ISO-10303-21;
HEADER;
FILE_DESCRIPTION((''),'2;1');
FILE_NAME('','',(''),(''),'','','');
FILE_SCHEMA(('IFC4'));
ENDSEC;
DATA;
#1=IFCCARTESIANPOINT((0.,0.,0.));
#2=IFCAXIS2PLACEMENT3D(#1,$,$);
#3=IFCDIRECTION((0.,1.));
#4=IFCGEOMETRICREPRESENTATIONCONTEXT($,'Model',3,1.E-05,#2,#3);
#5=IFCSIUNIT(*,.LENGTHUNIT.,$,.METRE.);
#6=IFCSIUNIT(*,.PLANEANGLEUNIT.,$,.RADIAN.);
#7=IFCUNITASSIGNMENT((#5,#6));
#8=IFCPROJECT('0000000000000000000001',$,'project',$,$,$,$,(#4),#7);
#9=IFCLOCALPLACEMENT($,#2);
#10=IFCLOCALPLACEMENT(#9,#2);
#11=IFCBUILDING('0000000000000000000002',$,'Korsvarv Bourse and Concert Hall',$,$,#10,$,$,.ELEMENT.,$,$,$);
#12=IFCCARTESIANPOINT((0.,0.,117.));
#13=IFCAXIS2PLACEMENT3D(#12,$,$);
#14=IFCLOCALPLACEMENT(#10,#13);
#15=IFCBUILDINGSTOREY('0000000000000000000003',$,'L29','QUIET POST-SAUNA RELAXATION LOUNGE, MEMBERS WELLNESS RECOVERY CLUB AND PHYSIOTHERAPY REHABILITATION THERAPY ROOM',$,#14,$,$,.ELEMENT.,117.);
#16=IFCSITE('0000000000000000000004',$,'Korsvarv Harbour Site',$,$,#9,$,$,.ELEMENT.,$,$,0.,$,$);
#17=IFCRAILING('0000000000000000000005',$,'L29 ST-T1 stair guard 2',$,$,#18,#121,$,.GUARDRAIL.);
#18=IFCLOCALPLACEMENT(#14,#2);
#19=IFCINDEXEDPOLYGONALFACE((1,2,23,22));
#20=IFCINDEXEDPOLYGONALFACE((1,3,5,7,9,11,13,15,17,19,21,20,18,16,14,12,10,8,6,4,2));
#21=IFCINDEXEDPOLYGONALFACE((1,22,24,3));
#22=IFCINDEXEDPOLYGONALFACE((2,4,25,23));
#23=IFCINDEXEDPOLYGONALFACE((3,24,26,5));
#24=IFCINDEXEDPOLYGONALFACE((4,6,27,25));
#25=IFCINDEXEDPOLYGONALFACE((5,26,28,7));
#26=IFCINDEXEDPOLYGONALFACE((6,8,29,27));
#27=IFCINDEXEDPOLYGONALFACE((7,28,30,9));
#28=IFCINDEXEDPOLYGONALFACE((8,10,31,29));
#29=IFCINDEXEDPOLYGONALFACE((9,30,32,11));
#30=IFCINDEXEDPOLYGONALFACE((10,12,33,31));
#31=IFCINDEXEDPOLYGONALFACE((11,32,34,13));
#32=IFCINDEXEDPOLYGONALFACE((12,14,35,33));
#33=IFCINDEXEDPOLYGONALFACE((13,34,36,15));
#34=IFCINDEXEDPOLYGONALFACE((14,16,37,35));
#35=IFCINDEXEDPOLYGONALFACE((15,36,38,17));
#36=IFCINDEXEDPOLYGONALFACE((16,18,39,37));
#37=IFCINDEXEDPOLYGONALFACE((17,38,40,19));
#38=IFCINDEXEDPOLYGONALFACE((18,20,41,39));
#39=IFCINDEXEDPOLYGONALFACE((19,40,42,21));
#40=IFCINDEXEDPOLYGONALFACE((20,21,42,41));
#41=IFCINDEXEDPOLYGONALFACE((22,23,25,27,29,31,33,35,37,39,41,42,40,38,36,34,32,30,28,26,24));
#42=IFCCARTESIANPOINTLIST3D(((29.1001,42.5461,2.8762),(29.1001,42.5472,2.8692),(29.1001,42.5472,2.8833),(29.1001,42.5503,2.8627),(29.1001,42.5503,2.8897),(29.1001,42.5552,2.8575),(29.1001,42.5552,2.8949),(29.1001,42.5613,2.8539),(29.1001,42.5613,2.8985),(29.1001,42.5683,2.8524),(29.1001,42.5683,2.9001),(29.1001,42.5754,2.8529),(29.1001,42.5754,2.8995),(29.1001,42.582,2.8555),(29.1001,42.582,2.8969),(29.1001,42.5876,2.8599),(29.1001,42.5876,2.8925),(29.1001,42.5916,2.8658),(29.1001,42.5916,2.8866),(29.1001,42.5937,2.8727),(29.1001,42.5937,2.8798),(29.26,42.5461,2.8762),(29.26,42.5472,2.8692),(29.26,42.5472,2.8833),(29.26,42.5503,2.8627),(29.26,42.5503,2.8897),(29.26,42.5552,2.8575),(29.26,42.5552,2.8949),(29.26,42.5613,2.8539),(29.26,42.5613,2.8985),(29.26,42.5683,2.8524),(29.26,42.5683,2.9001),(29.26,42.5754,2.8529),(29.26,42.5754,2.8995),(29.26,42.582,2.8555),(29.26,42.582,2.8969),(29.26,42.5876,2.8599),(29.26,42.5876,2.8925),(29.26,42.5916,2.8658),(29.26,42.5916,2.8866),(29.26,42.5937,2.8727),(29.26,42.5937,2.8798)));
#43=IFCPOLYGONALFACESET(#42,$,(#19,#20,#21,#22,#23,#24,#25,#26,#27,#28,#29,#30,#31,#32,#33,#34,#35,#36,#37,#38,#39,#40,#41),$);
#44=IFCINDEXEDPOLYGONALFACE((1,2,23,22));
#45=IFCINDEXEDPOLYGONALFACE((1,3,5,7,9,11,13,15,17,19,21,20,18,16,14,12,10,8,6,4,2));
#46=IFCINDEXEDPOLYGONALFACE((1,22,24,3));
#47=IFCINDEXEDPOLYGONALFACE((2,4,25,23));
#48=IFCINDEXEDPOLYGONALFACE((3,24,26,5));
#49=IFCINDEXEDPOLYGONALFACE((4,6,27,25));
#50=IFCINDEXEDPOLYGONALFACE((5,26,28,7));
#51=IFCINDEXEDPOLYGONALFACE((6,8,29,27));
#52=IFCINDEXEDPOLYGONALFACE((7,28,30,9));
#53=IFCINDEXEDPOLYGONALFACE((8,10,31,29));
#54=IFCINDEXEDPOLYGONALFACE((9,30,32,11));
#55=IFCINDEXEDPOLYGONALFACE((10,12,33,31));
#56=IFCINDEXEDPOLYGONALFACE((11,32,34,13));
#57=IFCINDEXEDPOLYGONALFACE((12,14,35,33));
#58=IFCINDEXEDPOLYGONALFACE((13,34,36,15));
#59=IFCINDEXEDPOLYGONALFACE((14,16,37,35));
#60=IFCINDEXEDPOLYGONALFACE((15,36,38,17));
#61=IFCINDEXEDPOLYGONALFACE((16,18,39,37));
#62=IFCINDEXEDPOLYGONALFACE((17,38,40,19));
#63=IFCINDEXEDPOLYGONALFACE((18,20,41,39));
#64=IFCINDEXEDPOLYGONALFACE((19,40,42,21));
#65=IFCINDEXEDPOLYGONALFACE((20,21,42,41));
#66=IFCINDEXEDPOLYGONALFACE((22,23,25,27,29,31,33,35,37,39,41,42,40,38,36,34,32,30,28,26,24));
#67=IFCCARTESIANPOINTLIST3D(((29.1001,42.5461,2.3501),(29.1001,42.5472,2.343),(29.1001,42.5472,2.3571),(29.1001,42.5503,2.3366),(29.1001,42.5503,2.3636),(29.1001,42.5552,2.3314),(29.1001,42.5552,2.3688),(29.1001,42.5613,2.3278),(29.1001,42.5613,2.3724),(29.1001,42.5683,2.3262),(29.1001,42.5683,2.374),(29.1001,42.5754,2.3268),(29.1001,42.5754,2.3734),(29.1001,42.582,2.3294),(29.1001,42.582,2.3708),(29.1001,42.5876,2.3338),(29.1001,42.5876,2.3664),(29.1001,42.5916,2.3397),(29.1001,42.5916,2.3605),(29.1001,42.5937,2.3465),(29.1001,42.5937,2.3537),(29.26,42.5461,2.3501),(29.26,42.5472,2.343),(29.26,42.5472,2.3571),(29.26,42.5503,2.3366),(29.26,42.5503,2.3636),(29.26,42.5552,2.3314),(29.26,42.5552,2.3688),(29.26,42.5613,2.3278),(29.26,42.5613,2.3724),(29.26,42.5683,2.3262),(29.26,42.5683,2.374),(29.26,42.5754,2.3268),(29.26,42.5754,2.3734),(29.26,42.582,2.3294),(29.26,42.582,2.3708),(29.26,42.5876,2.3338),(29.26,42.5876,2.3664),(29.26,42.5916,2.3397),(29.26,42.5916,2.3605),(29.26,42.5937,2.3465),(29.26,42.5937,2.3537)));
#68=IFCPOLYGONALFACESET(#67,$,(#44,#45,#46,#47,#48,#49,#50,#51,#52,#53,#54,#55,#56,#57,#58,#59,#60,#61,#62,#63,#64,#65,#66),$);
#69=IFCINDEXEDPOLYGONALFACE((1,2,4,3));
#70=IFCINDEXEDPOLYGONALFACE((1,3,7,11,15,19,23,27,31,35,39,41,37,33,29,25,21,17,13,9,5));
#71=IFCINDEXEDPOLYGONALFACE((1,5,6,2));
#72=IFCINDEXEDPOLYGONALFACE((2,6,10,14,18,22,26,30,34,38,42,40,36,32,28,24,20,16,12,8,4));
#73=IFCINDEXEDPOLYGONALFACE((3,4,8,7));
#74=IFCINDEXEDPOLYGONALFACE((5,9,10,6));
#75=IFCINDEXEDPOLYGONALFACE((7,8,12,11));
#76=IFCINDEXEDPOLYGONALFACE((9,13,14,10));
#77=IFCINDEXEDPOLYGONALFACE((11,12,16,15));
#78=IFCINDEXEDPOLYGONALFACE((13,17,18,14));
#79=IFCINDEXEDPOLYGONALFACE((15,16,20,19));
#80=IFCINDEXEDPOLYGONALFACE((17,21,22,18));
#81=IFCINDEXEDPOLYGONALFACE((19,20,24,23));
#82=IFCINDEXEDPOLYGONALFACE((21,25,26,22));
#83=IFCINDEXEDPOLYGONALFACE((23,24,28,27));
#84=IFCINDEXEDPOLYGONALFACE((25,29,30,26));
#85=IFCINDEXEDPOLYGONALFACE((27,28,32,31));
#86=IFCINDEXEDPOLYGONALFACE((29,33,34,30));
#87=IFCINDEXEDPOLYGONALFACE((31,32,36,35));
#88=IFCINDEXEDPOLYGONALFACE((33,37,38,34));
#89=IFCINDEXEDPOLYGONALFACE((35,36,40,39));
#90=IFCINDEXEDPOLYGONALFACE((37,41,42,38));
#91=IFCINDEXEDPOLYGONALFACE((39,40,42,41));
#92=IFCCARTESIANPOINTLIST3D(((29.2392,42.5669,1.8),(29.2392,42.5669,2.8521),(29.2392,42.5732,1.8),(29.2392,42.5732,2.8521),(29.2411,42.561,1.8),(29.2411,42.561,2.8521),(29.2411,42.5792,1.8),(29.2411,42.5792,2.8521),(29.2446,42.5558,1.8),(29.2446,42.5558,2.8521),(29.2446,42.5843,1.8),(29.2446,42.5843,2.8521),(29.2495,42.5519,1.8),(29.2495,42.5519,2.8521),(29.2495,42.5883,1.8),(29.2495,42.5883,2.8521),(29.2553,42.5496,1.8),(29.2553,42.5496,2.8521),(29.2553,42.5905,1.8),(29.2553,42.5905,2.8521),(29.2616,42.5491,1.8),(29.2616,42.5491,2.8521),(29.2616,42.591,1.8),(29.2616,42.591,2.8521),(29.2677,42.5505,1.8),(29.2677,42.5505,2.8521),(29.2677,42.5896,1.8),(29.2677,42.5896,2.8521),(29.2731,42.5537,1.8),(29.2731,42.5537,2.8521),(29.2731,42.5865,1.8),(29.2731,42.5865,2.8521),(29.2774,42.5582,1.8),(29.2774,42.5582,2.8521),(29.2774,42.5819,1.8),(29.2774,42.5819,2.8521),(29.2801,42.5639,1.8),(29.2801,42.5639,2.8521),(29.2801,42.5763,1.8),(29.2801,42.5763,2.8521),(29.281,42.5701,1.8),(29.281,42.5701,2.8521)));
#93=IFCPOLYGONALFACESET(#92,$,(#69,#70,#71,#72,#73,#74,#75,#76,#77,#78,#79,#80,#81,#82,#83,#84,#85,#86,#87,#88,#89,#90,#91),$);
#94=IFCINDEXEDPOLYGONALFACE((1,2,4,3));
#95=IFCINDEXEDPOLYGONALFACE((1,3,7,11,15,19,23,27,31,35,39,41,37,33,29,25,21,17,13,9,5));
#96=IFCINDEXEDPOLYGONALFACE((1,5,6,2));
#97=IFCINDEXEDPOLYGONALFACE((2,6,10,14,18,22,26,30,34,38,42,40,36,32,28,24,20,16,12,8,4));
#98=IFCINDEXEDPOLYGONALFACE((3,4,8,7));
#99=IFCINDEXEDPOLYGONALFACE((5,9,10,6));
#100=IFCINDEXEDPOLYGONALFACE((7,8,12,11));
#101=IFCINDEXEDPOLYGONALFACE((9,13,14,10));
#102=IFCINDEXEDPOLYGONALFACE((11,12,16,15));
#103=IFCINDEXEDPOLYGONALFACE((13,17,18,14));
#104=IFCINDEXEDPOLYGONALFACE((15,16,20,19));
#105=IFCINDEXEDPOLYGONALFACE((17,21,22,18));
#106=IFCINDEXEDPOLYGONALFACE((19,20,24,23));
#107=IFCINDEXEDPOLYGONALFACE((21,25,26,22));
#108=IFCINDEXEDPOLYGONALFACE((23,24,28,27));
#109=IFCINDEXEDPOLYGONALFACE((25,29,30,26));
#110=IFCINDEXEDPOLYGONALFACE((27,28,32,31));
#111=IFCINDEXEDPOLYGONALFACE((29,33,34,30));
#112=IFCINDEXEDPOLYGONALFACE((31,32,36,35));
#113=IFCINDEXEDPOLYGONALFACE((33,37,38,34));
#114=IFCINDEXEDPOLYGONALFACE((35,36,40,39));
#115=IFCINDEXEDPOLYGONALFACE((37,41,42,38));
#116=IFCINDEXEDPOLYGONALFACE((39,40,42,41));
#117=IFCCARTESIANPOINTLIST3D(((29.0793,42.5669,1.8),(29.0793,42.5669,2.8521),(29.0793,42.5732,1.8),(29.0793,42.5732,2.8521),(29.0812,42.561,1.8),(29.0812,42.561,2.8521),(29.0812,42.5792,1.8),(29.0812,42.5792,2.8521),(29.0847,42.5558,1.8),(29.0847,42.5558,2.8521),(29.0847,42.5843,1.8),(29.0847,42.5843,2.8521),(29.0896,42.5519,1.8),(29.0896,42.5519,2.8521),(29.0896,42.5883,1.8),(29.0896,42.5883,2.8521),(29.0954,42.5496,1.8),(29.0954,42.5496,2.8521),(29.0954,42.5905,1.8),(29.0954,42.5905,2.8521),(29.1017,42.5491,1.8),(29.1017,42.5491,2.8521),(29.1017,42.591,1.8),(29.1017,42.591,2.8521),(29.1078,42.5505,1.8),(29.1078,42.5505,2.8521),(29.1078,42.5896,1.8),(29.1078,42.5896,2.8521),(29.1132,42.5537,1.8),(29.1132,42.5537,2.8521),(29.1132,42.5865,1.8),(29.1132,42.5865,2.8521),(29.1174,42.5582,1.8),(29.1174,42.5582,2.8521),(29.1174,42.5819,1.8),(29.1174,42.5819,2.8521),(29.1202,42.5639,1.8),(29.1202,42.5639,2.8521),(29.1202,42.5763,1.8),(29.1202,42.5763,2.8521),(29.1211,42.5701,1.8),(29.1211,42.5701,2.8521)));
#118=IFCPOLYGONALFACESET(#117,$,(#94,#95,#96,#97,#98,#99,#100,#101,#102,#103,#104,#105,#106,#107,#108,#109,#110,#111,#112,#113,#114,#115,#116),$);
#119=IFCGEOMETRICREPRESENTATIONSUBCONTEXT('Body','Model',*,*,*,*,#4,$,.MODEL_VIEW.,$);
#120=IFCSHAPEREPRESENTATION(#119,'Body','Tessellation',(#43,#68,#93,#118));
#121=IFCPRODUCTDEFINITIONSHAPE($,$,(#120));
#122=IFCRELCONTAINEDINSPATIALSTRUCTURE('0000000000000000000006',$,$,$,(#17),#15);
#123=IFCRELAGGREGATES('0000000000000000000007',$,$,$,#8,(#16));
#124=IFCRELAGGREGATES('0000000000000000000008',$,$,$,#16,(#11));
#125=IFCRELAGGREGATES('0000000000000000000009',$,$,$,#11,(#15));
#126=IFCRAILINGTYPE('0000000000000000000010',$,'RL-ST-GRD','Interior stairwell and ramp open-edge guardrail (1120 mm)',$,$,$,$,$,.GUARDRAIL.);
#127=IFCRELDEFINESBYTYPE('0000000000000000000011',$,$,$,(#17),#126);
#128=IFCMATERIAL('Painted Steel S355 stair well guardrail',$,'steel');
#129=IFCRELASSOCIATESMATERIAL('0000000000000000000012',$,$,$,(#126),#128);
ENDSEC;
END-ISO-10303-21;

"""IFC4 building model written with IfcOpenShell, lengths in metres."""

from ifc_helpers import new_model, si_unit, direction, frame, origin, origin_2d, place, context, subcontext, project, spatial, circle, extrude, material, type_object, element, save


model = new_model("IFC4")

# Units and contexts
model_context = context("Model", 3, precision=1e-05, world=origin(), true_north=direction((0.0, 1.0)))
body_context = subcontext(model_context, "Body", "Model", "MODEL_VIEW")
ifc_project = project(units=[si_unit("LENGTHUNIT", "METRE"), si_unit("PLANEANGLEUNIT", "RADIAN")], contexts=[model_context])

# Site, building, storey
site_placement = place(None, origin())
site = spatial("IfcSite", under=ifc_project, at=site_placement, Name="Korsvarv Harbour Site", CompositionType="ELEMENT", RefElevation=0.0)
building_placement = place(site_placement, origin())
building = spatial("IfcBuilding", under=site, at=building_placement, Name="Korsvarv Bourse and Concert Hall", CompositionType="ELEMENT")
storey_placement = place(building_placement, frame((0.0, 0.0, 117.0)))
storey = spatial("IfcBuildingStorey", under=building, at=storey_placement, Name="L29", Description="QUIET POST-SAUNA RELAXATION LOUNGE, MEMBERS WELLNESS RECOVERY CLUB AND PHYSIOTHERAPY REHABILITATION THERAPY ROOM", CompositionType="ELEMENT", Elevation=117.0)

# Railing
ifc_material_1 = material(Name="Painted Steel S355 stair well guardrail", Category="steel")
railing_type_1 = type_object("IfcRailingType", Name="RL-ST-GRD", Description="Interior stairwell and ramp open-edge guardrail (1120 mm)", PredefinedType="GUARDRAIL", material=ifc_material_1)
railing_1_placement = place(storey_placement, frame((29.26, 42.5701, 1.8)))
element("IfcRailing", 1, at=railing_1_placement, inside=storey, type_object=railing_type_1, Name="L29 ST-T1 stair guard 2", PredefinedType="GUARDRAIL", context=body_context, shape_type="SweptSolid", body=[
    extrude(circle(Radius=0.0239, at=origin_2d()), frame((0.0, 0.0, 1.0762), z_axis=(-1.0, 0.0, 0.0), x_axis=(0.0, -1.0, 0.0)), (0.0, 0.0, 1.0), 0.1599),
    extrude(circle(Radius=0.0239, at=origin_2d()), frame((0.0, 0.0, 0.55), z_axis=(-1.0, 0.0, 0.0), x_axis=(0.0, -1.0, 0.0)), (0.0, 0.0, 1.0), 0.1599),
    extrude(circle(Radius=0.021, at=origin_2d()), origin(), (0.0, 0.0, 1.0), 1.052),
    extrude(circle(Radius=0.021, at=origin_2d()), frame((-0.1599, 0.0, 0.0)), (0.0, 0.0, 1.0), 1.052),
])

save(model, "model.ifc")
